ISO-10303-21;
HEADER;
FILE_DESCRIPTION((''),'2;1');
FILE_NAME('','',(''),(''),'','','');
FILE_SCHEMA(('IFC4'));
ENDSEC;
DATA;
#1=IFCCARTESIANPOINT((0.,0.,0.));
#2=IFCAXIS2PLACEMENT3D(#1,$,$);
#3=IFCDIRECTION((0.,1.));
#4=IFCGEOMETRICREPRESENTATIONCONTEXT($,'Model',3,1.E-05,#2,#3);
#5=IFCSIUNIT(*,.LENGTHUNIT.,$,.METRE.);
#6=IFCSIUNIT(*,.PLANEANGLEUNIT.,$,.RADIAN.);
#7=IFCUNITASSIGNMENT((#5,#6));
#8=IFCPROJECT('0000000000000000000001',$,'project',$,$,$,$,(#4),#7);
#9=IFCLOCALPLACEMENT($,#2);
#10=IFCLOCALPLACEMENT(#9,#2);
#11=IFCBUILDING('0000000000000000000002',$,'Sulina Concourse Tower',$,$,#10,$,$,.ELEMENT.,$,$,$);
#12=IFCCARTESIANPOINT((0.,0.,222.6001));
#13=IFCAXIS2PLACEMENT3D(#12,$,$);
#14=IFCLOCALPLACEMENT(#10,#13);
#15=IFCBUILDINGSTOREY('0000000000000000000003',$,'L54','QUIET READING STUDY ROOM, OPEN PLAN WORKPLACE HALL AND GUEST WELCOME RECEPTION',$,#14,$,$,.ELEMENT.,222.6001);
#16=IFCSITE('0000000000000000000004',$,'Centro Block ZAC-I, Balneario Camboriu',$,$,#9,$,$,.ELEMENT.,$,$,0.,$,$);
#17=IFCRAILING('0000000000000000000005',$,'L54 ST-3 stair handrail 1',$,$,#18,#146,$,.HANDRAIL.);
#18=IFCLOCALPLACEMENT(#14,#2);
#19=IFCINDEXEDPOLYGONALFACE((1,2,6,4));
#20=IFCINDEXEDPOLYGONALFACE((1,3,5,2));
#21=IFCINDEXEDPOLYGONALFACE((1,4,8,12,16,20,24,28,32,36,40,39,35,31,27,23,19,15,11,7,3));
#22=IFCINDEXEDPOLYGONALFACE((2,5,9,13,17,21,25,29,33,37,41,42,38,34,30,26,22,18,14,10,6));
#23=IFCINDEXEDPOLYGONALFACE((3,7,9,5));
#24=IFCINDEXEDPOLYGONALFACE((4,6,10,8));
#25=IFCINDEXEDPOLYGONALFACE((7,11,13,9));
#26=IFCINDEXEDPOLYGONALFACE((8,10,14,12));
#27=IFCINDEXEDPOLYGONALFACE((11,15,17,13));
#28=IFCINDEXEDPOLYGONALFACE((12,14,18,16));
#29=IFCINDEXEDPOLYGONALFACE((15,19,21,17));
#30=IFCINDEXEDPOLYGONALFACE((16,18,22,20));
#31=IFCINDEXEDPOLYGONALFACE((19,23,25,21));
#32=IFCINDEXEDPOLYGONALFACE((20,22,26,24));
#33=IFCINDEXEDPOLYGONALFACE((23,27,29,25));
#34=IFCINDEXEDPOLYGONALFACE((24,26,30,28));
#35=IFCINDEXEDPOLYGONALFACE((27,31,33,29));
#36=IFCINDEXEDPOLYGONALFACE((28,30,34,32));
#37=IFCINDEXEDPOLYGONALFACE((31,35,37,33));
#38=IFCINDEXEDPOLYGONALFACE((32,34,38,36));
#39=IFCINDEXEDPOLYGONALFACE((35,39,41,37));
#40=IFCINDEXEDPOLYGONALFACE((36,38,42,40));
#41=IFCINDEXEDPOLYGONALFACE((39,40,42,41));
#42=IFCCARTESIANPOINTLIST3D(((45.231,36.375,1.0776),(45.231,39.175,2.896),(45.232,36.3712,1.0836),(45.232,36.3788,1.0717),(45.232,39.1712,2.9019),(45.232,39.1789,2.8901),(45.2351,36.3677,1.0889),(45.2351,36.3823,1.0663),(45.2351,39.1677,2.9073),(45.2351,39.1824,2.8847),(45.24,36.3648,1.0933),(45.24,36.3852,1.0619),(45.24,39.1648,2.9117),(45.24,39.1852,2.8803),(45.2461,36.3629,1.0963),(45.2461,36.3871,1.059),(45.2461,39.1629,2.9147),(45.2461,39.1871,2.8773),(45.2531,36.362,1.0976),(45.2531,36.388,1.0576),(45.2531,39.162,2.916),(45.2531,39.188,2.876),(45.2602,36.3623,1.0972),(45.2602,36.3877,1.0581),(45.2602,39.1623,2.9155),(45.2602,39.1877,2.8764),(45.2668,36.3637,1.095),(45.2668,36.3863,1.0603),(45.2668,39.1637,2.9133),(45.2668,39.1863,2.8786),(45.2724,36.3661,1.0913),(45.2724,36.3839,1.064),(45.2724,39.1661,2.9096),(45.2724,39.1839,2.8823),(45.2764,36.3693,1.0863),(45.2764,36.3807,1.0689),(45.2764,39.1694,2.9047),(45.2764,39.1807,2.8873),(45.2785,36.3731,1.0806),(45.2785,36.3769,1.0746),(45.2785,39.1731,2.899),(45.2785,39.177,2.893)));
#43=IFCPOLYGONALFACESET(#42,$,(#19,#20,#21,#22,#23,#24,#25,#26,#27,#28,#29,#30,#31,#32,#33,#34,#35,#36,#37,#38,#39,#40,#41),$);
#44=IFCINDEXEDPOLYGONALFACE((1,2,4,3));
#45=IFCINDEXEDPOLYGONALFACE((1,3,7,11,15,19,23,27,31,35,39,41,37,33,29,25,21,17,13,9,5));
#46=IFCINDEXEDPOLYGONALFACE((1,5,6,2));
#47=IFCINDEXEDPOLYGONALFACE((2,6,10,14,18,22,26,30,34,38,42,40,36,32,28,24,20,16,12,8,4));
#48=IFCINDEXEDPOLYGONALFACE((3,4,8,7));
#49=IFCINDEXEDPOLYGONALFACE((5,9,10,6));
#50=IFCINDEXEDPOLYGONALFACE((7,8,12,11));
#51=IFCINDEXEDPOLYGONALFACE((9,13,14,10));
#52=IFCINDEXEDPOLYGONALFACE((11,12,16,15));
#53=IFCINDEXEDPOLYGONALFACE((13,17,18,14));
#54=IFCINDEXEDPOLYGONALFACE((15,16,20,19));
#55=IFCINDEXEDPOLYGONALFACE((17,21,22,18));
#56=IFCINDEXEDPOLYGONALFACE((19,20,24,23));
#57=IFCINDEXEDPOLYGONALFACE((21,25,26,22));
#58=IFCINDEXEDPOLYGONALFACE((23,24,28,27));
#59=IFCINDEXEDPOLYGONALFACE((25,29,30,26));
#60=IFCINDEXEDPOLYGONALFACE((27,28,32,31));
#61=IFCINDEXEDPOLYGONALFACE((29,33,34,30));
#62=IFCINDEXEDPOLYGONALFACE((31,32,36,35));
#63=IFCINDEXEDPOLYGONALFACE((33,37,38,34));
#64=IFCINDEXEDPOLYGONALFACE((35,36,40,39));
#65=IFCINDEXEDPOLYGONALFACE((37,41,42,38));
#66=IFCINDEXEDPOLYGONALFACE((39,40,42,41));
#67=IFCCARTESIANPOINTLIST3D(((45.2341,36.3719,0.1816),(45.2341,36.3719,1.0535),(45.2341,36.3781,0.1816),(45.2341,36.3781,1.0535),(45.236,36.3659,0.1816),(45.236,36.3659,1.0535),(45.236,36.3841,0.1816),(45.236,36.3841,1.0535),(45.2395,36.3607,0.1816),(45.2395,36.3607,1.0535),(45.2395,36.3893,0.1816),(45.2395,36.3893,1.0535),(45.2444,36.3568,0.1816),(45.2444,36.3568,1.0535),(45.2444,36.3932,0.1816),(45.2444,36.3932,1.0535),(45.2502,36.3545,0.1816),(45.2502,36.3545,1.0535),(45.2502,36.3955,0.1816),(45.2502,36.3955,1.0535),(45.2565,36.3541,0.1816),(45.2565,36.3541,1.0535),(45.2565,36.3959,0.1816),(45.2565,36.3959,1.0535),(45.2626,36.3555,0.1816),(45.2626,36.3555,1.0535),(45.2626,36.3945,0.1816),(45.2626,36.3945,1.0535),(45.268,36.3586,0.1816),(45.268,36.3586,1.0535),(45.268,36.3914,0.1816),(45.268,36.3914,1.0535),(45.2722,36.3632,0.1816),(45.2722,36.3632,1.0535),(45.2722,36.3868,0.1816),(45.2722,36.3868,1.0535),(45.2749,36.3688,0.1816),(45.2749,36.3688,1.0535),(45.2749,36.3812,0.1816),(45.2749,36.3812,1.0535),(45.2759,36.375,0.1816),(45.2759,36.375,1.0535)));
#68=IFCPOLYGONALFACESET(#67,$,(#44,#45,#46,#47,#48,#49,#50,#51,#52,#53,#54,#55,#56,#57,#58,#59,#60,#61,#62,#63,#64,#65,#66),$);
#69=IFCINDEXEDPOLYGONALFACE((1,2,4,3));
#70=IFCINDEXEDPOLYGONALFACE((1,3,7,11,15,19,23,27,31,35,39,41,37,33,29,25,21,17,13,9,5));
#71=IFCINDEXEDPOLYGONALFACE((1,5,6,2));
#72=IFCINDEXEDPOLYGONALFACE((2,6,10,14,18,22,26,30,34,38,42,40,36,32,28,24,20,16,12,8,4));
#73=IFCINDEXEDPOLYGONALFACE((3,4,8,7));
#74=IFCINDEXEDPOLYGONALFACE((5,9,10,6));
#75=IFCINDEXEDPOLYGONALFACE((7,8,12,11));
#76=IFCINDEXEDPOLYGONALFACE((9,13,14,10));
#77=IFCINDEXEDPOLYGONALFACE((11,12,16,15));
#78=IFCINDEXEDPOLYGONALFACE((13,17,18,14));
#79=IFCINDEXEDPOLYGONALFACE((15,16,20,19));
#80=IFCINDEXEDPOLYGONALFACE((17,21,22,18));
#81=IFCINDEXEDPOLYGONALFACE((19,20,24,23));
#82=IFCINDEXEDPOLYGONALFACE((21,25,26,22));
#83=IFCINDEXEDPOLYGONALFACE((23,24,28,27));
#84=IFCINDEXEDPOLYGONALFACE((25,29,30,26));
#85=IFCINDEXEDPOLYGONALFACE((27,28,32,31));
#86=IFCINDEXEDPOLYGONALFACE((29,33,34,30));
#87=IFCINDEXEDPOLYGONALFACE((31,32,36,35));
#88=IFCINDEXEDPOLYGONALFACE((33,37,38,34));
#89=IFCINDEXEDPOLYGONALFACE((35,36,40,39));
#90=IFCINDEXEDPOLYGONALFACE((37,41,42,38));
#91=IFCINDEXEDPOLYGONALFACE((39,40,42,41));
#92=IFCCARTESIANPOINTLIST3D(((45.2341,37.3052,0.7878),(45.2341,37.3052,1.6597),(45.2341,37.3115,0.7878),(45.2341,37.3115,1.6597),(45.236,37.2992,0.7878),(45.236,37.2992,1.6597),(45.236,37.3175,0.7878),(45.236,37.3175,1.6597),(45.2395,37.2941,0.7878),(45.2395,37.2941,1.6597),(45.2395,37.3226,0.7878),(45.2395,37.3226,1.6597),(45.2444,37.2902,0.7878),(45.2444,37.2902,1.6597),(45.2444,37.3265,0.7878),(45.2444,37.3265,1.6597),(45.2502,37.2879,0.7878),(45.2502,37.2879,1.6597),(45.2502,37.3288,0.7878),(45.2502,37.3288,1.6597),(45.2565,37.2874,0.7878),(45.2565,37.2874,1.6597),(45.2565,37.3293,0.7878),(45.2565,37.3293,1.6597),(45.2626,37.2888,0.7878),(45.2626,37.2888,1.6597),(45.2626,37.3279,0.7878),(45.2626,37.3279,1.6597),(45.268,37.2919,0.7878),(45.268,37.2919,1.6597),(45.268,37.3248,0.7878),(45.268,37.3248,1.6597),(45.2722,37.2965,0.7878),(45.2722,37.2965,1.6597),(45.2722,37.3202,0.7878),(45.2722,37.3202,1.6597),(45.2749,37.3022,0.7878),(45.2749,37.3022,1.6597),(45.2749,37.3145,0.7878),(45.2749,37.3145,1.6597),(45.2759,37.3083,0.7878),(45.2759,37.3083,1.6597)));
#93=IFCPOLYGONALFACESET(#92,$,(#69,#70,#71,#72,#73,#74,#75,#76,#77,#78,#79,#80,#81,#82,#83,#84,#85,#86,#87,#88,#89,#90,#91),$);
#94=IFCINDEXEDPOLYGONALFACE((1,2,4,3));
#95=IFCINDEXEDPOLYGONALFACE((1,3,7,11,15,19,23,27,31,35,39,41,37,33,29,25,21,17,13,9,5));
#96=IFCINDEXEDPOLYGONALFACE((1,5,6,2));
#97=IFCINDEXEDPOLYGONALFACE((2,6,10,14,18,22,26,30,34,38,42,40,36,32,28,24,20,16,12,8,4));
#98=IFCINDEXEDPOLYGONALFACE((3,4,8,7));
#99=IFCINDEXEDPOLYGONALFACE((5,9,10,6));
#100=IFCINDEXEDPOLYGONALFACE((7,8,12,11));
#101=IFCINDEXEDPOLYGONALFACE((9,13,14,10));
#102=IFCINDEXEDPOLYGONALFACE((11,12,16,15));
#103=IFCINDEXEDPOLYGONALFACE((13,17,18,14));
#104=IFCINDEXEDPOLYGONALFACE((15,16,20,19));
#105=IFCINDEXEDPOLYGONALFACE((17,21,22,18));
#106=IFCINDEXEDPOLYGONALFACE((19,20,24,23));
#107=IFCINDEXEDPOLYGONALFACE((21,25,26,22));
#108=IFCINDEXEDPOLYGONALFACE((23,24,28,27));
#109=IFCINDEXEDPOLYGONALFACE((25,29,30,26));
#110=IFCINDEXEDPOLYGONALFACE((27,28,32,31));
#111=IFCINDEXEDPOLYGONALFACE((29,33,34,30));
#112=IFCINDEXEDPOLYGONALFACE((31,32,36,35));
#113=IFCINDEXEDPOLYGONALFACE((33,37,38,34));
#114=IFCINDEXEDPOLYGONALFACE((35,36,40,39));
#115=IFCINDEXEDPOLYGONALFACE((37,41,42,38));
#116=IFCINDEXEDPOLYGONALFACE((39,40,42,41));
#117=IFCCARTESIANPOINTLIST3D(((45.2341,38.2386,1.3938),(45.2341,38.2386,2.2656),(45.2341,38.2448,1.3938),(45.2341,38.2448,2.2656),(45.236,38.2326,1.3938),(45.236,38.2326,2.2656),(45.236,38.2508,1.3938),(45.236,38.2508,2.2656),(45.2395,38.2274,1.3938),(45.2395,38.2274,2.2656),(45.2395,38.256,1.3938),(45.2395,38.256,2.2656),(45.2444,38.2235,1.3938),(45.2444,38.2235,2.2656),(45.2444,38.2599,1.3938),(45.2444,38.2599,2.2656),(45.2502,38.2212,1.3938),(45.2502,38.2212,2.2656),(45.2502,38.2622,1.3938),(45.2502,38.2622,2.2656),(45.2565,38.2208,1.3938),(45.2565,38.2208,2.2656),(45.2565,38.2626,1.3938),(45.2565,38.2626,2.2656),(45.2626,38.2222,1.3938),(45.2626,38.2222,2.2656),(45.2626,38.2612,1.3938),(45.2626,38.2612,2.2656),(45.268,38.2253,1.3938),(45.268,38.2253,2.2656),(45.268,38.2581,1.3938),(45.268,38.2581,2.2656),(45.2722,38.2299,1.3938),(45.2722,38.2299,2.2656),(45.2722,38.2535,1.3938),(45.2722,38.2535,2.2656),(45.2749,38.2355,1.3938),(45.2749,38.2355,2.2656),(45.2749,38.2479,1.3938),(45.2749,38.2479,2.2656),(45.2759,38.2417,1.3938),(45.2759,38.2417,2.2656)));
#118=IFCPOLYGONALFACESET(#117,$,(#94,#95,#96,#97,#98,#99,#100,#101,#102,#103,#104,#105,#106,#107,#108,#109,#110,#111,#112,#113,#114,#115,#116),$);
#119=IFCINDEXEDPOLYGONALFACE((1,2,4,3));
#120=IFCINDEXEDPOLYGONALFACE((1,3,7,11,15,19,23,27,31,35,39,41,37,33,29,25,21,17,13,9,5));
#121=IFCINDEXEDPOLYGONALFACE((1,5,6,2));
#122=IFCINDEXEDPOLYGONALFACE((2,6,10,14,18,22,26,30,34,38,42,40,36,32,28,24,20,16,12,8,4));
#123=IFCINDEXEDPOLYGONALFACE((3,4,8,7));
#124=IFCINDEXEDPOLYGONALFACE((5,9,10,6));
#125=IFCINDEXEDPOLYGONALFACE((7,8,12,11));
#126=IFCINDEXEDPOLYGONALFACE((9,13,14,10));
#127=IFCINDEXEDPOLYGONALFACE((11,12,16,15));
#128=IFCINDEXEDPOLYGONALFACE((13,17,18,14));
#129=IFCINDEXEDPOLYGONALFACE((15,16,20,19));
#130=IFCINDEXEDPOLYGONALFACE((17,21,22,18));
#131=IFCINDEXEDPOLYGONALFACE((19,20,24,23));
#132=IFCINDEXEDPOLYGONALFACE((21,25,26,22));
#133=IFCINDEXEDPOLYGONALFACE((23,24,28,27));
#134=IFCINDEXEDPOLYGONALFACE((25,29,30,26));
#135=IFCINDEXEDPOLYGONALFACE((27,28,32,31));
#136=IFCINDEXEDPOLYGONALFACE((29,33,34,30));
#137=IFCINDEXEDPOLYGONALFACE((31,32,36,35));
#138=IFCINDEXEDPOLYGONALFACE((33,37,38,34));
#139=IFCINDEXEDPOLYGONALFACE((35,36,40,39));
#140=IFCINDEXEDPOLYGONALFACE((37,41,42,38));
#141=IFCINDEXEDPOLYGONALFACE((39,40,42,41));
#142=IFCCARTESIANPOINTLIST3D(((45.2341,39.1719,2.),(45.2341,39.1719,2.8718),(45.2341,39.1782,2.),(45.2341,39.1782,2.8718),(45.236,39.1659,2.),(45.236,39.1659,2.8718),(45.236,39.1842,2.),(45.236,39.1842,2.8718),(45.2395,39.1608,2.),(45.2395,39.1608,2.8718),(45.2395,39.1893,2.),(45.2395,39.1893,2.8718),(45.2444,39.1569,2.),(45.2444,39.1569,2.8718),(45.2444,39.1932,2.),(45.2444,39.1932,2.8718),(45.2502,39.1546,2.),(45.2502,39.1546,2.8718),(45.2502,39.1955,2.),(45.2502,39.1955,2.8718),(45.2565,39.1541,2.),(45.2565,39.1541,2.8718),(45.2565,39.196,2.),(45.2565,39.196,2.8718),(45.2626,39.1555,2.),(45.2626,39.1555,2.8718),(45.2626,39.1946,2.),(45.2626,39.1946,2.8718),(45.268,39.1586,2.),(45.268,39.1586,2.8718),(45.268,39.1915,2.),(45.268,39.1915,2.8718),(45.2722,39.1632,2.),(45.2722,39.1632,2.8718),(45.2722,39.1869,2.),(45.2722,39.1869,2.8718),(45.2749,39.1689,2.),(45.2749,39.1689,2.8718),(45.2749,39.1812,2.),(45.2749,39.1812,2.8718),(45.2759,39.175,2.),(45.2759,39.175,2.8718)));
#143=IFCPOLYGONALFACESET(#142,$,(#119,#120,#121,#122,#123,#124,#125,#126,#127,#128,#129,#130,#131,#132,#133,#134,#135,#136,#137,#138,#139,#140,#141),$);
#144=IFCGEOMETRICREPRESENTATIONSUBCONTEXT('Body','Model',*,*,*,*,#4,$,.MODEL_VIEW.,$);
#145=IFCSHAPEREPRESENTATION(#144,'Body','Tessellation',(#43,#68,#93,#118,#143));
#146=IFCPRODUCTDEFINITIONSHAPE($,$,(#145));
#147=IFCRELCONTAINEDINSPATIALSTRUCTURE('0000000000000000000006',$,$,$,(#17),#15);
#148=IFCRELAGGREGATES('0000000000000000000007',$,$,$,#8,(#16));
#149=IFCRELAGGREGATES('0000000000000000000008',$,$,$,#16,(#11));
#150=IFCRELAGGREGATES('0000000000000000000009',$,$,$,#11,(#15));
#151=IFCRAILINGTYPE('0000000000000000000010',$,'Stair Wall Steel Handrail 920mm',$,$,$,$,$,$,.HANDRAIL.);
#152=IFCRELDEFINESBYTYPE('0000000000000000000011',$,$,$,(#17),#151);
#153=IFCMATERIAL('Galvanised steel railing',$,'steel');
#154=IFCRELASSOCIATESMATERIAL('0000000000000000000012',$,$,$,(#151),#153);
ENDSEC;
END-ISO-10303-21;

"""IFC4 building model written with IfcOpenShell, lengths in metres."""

from ifc_helpers import new_model, si_unit, direction, frame, origin, origin_2d, place, context, subcontext, project, spatial, circle, extrude, material, type_object, element, save


model = new_model("IFC4")

# Units and contexts
model_context = context("Model", 3, precision=1e-05, world=origin(), true_north=direction((0.0, 1.0)))
body_context = subcontext(model_context, "Body", "Model", "MODEL_VIEW")
ifc_project = project(units=[si_unit("LENGTHUNIT", "METRE"), si_unit("PLANEANGLEUNIT", "RADIAN")], contexts=[model_context])

# Site, building, storey
site_placement = place(None, origin())
site = spatial("IfcSite", under=ifc_project, at=site_placement, Name="Centro Block ZAC-I, Balneario Camboriu", CompositionType="ELEMENT", RefElevation=0.0)
building_placement = place(site_placement, origin())
building = spatial("IfcBuilding", under=site, at=building_placement, Name="Sulina Concourse Tower", CompositionType="ELEMENT")
storey_placement = place(building_placement, frame((0.0, 0.0, 222.6001)))
storey = spatial("IfcBuildingStorey", under=building, at=storey_placement, Name="L54", Description="QUIET READING STUDY ROOM, OPEN PLAN WORKPLACE HALL AND GUEST WELCOME RECEPTION", CompositionType="ELEMENT", Elevation=222.6001)

# Railing
ifc_material_1 = material(Name="Galvanised steel railing", Category="steel")
railing_type_1 = type_object("IfcRailingType", Name="Stair Wall Steel Handrail 920mm", PredefinedType="HANDRAIL", material=ifc_material_1)
railing_1_placement = place(storey_placement, frame((45.2549, 36.375, 0.1816)))
element("IfcRailing", 1, at=railing_1_placement, inside=storey, type_object=railing_type_1, Name="L54 ST-3 stair handrail 1", PredefinedType="HANDRAIL", context=body_context, shape_type="SweptSolid", body=[
    extrude(circle(Radius=0.0239, at=origin_2d()), frame((0.0, 0.0, 0.896), z_axis=(0.0, 0.838672, 0.544636), x_axis=(-1.0, 0.0, 0.0)), (0.0, 0.0, 1.0), 3.3386),
    extrude(circle(Radius=0.021, at=origin_2d()), origin(), (0.0, 0.0, 1.0), 0.8718),
    extrude(circle(Radius=0.021, at=origin_2d()), frame((0.0, 0.9333, 0.6062)), (0.0, 0.0, 1.0), 0.8718),
    extrude(circle(Radius=0.021, at=origin_2d()), frame((0.0, 1.8667, 1.2122)), (0.0, 0.0, 1.0), 0.8718),
    extrude(circle(Radius=0.021, at=origin_2d()), frame((0.0, 2.8, 1.8184)), (0.0, 0.0, 1.0), 0.8718),
])

save(model, "model.ifc")
